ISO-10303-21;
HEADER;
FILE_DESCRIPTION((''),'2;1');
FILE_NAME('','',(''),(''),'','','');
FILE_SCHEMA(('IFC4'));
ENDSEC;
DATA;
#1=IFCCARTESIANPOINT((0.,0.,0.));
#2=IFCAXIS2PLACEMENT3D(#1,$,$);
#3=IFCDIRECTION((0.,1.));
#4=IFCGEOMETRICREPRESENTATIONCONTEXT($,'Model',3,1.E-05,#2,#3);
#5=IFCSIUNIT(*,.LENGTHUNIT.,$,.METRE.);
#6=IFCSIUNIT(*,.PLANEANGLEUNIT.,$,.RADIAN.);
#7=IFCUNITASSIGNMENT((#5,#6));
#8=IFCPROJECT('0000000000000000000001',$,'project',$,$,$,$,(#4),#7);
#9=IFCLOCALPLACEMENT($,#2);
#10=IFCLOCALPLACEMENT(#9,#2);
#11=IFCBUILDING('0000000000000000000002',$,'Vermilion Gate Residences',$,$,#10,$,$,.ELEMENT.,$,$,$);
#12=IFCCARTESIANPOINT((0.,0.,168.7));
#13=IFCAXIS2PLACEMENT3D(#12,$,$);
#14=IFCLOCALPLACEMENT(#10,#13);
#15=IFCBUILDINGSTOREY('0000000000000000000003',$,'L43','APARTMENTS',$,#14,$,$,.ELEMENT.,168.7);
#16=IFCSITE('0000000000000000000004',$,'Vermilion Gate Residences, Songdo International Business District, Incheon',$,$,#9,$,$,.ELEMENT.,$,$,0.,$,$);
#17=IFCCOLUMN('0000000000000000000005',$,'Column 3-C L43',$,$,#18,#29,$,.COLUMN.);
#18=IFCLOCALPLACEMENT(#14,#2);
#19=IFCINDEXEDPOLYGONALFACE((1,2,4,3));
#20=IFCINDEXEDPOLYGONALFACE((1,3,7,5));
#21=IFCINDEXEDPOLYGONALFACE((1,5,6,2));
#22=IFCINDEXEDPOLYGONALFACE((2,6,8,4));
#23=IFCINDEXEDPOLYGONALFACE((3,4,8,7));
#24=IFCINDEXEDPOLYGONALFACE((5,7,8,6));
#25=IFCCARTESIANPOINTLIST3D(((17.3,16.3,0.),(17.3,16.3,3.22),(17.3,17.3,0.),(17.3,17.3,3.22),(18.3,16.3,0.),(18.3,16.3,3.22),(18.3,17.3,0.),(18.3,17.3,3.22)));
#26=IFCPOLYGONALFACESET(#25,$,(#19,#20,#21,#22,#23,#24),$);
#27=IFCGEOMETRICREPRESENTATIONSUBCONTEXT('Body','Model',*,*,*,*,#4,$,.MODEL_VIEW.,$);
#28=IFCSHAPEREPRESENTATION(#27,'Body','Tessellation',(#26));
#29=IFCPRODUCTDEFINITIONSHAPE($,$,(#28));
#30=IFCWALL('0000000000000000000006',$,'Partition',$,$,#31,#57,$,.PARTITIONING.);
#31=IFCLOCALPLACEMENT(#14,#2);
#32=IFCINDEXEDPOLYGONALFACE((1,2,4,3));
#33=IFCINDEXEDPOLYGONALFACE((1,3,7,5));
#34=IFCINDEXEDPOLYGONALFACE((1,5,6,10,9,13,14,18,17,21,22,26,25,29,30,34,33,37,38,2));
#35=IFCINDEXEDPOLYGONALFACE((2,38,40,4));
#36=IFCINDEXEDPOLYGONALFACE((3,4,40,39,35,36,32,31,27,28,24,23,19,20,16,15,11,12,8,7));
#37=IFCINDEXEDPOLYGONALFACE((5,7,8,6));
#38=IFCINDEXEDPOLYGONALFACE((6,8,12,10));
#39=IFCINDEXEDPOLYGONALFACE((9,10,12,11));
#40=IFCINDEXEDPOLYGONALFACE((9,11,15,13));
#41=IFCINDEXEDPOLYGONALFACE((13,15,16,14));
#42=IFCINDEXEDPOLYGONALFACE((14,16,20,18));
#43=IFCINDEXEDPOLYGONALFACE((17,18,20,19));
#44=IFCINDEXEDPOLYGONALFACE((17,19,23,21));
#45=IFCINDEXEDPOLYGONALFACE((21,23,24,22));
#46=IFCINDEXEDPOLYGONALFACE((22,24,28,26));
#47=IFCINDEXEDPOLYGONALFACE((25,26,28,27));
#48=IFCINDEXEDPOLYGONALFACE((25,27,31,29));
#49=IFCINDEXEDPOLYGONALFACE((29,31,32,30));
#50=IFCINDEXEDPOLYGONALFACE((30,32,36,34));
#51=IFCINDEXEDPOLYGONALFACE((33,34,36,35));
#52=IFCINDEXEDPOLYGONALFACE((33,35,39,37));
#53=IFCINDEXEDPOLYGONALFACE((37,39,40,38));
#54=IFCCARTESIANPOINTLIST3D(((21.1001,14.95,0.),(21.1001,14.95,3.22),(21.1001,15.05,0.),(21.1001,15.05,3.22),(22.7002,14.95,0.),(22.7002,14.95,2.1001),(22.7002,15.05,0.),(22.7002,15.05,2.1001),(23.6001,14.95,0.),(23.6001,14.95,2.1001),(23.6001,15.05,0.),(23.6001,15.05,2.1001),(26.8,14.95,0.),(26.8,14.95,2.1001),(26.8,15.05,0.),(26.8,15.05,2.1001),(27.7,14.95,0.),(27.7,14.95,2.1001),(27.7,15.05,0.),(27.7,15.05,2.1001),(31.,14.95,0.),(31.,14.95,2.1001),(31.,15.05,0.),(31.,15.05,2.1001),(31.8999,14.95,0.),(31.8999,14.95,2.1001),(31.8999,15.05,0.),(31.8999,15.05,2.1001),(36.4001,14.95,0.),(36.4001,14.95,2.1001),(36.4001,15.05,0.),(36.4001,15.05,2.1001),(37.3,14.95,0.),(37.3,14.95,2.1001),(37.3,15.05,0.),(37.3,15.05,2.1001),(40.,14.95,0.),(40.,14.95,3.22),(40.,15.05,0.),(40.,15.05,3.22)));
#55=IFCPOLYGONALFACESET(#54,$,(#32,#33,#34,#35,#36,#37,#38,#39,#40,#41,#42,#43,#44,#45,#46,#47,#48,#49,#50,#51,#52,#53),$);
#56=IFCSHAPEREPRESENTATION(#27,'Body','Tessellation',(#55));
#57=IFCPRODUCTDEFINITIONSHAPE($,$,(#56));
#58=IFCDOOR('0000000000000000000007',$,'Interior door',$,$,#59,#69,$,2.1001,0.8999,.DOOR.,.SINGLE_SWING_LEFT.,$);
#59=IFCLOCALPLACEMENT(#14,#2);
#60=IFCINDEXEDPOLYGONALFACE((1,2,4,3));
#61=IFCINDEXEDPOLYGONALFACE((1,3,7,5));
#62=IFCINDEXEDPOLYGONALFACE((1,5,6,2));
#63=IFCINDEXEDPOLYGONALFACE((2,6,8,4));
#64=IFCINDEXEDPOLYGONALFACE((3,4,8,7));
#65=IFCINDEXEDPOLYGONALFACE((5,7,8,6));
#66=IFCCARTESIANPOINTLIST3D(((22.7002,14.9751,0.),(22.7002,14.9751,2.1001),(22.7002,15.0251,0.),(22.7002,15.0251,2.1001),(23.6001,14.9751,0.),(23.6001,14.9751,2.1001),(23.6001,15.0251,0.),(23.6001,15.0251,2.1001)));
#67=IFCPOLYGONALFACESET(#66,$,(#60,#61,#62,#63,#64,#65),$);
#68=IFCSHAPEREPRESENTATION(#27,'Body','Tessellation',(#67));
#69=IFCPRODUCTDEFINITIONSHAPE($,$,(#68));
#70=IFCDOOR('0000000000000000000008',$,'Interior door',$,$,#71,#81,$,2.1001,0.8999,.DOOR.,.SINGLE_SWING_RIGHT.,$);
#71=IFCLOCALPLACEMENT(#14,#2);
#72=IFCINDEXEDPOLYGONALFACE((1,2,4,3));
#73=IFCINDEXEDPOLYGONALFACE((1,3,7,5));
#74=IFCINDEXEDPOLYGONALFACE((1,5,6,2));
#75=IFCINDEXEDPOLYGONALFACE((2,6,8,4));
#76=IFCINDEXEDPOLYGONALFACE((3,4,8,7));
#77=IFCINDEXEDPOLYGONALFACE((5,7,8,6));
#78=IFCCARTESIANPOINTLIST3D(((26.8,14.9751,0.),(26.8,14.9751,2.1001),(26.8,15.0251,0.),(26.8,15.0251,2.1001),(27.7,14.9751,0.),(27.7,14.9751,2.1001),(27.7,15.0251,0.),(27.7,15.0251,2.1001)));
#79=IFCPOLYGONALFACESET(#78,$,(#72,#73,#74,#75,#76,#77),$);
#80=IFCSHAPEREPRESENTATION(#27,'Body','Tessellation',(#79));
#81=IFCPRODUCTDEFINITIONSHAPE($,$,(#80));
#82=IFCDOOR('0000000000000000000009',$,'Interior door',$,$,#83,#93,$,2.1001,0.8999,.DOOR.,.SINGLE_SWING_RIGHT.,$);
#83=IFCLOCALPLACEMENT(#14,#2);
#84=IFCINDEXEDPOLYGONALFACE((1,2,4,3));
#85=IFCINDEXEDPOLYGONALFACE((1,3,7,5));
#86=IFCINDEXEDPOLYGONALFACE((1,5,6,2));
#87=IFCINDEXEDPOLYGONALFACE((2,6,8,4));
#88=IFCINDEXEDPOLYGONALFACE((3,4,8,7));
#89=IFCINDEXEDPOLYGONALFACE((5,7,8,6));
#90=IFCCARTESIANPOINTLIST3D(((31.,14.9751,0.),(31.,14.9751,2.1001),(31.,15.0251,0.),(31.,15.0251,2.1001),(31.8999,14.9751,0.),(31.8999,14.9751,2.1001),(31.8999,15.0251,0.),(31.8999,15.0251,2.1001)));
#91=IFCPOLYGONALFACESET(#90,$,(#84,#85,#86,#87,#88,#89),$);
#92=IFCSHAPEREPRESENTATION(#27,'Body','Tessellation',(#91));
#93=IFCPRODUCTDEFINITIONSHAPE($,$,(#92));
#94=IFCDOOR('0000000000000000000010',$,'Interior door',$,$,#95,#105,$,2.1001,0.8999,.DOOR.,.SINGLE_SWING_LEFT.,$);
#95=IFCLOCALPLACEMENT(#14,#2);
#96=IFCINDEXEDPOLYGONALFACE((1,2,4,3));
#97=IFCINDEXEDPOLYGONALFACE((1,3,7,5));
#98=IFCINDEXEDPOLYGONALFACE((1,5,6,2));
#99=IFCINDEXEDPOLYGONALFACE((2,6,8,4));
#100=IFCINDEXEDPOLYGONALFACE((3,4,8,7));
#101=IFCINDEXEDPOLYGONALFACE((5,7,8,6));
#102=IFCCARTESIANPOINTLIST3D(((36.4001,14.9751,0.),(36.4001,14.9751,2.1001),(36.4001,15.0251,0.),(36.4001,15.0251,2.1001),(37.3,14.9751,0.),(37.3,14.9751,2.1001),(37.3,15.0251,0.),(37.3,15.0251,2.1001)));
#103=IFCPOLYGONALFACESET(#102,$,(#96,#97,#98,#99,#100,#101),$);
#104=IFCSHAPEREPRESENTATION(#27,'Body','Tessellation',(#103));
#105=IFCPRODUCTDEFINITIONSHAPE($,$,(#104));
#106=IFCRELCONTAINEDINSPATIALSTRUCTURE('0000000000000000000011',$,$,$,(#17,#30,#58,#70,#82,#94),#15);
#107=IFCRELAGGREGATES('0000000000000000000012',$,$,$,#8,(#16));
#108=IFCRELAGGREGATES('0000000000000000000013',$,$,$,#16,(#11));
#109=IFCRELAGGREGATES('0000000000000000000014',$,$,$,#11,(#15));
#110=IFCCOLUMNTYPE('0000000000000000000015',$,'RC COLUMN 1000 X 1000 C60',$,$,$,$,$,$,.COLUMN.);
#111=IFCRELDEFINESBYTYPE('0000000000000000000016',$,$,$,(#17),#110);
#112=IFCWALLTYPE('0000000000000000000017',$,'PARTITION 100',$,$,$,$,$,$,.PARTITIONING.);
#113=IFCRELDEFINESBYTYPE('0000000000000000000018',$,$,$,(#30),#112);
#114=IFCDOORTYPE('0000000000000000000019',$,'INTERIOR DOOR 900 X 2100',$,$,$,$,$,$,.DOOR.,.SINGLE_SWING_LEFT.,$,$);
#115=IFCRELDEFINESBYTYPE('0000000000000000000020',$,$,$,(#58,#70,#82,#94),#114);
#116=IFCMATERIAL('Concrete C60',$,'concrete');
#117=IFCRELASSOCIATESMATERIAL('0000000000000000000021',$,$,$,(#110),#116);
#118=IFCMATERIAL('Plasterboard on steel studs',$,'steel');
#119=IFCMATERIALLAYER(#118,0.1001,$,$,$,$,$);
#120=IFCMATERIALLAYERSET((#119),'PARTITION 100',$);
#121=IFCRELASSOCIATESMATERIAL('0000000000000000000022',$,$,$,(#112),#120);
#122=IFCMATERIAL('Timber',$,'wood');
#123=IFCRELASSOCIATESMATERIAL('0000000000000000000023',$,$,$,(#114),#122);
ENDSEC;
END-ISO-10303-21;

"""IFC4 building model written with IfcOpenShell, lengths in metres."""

from ifc_helpers import new_model, si_unit, direction, frame, frame_2d, origin, origin_2d, place, context, subcontext, project, spatial, rectangle, extrude, material, layer, layer_set, material_profile, profile_set, type_object, element, fill, save


model = new_model("IFC4")

# Units and contexts
model_context = context("Model", 3, precision=1e-05, world=origin(), true_north=direction((0.0, 1.0)))
body_context = subcontext(model_context, "Body", "Model", "MODEL_VIEW")
ifc_project = project(units=[si_unit("LENGTHUNIT", "METRE"), si_unit("PLANEANGLEUNIT", "RADIAN")], contexts=[model_context])

# Site, building, storey
site_placement = place(None, origin())
site = spatial("IfcSite", under=ifc_project, at=site_placement, Name="Vermilion Gate Residences, Songdo International Business District, Incheon", CompositionType="ELEMENT", RefElevation=0.0)
building_placement = place(site_placement, origin())
building = spatial("IfcBuilding", under=site, at=building_placement, Name="Vermilion Gate Residences", CompositionType="ELEMENT")
storey_placement = place(building_placement, frame((0.0, 0.0, 168.7)))
storey = spatial("IfcBuildingStorey", under=building, at=storey_placement, Name="L43", Description="APARTMENTS", CompositionType="ELEMENT", Elevation=168.7)

# Column
ifc_material_1 = material(Name="Concrete C60", Category="concrete")
ifc_material_profile = material_profile(ifc_material_1, rectangle(XDim=1.0, YDim=1.0, at=origin_2d()), Name="RC-1000x1000")
ifc_profile_set = profile_set([ifc_material_profile], Name="Concrete C60")
column_type = type_object("IfcColumnType", Name="RC COLUMN 1000 X 1000 C60", PredefinedType="COLUMN", material=ifc_profile_set)
column_placement = place(storey_placement, frame((17.8, 16.8, 0.0), z_axis=(0.0, 0.0, 1.0), x_axis=(1.0, 0.0, 0.0)))
element("IfcColumn", 1, at=column_placement, inside=storey, type_object=column_type, Name="Column 3-C L43", PredefinedType="COLUMN", context=body_context, shape_type="SweptSolid", body=[
    extrude(rectangle(XDim=1.0, YDim=1.0, at=origin_2d()), origin(), (0.0, 0.0, 1.0), 3.22),
])

# Wall, openings, doors
ifc_material_2 = material(Name="Plasterboard on steel studs", Category="steel")
ifc_layer_1 = layer(ifc_material_2, 0.1001)
ifc_layer_set_1 = layer_set([ifc_layer_1], Name="PARTITION 100")
wall_type_1 = type_object("IfcWallType", Name="PARTITION 100", PredefinedType="PARTITIONING", material=ifc_layer_set_1)
wall_1_placement = place(storey_placement, frame((21.1001, 15.0, 0.0), z_axis=(0.0, 0.0, 1.0), x_axis=(1.0, 0.0, 0.0)))
wall_1 = element("IfcWall", 2, at=wall_1_placement, inside=storey, type_object=wall_type_1, Name="Partition", PredefinedType="PARTITIONING", context=body_context, shape_type="SweptSolid", body=[
    extrude(rectangle(XDim=18.8999, YDim=0.1001, at=frame_2d((9.45, 0.0))), origin(), (0.0, 0.0, 1.0), 3.22),
])
opening_1_placement = place(wall_1_placement, frame((1.6001, 0.0, 0.0)))
opening_1 = element("IfcOpeningElement", 3, at=opening_1_placement, cuts=wall_1, PredefinedType="OPENING", context=body_context, shape_type="SweptSolid", body=[
    extrude(rectangle(XDim=0.8999, YDim=2.1001, at=frame_2d((0.45, 1.05))), frame((0.0, 0.0601, 0.0), z_axis=(0.0, -1.0, 0.0), x_axis=(1.0, 0.0, 0.0)), (0.0, 0.0, 1.0), 0.1201),
])
opening_2_placement = place(wall_1_placement, frame((5.7, 0.0, 0.0)))
opening_2 = element("IfcOpeningElement", 4, at=opening_2_placement, cuts=wall_1, PredefinedType="OPENING", context=body_context, shape_type="SweptSolid", body=[
    extrude(rectangle(XDim=0.8999, YDim=2.1001, at=frame_2d((0.45, 1.05))), frame((0.0, 0.0601, 0.0), z_axis=(0.0, -1.0, 0.0), x_axis=(1.0, 0.0, 0.0)), (0.0, 0.0, 1.0), 0.1201),
])
opening_3_placement = place(wall_1_placement, frame((9.8999, 0.0, 0.0)))
opening_3 = element("IfcOpeningElement", 5, at=opening_3_placement, cuts=wall_1, PredefinedType="OPENING", context=body_context, shape_type="SweptSolid", body=[
    extrude(rectangle(XDim=0.8999, YDim=2.1001, at=frame_2d((0.45, 1.05))), frame((0.0, 0.0601, 0.0), z_axis=(0.0, -1.0, 0.0), x_axis=(1.0, 0.0, 0.0)), (0.0, 0.0, 1.0), 0.1201),
])
opening_4_placement = place(wall_1_placement, frame((15.3, 0.0, 0.0)))
opening_4 = element("IfcOpeningElement", 6, at=opening_4_placement, cuts=wall_1, PredefinedType="OPENING", context=body_context, shape_type="SweptSolid", body=[
    extrude(rectangle(XDim=0.8999, YDim=2.1001, at=frame_2d((0.45, 1.05))), frame((0.0, 0.0601, 0.0), z_axis=(0.0, -1.0, 0.0), x_axis=(1.0, 0.0, 0.0)), (0.0, 0.0, 1.0), 0.1201),
])
ifc_material_3 = material(Name="Timber", Category="wood")
door_type_1 = type_object("IfcDoorType", Name="INTERIOR DOOR 900 X 2100", OperationType="SINGLE_SWING_LEFT", PredefinedType="DOOR", material=ifc_material_3)
door_1_placement = place(opening_1_placement, frame((0.8999, 0.0, 0.0), z_axis=(0.0, 0.0, 1.0), x_axis=(-1.0, 0.0, 0.0)))
door_1 = element("IfcDoor", 7, at=door_1_placement, inside=storey, type_object=door_type_1, Name="Interior door", OperationType="SINGLE_SWING_LEFT", OverallHeight=2.1001, OverallWidth=0.8999, PredefinedType="DOOR", context=body_context, shape_type="SweptSolid", body=[
    extrude(rectangle(XDim=0.8999, YDim=2.1001, at=frame_2d((0.45, 1.05))), frame((0.0, 0.0249, 0.0), z_axis=(0.0, -1.0, 0.0), x_axis=(1.0, 0.0, 0.0)), (0.0, 0.0, 1.0), 0.05),
])
fill(opening_1, door_1)
door_2_placement = place(opening_2_placement, frame((0.8999, 0.0, 0.0), z_axis=(0.0, 0.0, 1.0), x_axis=(-1.0, 0.0, 0.0)))
door_2 = element("IfcDoor", 8, at=door_2_placement, inside=storey, type_object=door_type_1, Name="Interior door", OperationType="SINGLE_SWING_RIGHT", OverallHeight=2.1001, OverallWidth=0.8999, PredefinedType="DOOR", context=body_context, shape_type="SweptSolid", body=[
    extrude(rectangle(XDim=0.8999, YDim=2.1001, at=frame_2d((0.45, 1.05))), frame((0.0, 0.0249, 0.0), z_axis=(0.0, -1.0, 0.0), x_axis=(1.0, 0.0, 0.0)), (0.0, 0.0, 1.0), 0.05),
])
fill(opening_2, door_2)
door_3_placement = place(opening_3_placement, frame((0.8999, 0.0, 0.0), z_axis=(0.0, 0.0, 1.0), x_axis=(-1.0, 0.0, 0.0)))
door_3 = element("IfcDoor", 9, at=door_3_placement, inside=storey, type_object=door_type_1, Name="Interior door", OperationType="SINGLE_SWING_RIGHT", OverallHeight=2.1001, OverallWidth=0.8999, PredefinedType="DOOR", context=body_context, shape_type="SweptSolid", body=[
    extrude(rectangle(XDim=0.8999, YDim=2.1001, at=frame_2d((0.45, 1.05))), frame((0.0, 0.0249, 0.0), z_axis=(0.0, -1.0, 0.0), x_axis=(1.0, 0.0, 0.0)), (0.0, 0.0, 1.0), 0.05),
])
fill(opening_3, door_3)
door_4_placement = place(opening_4_placement, frame((0.8999, 0.0, 0.0), z_axis=(0.0, 0.0, 1.0), x_axis=(-1.0, 0.0, 0.0)))
door_4 = element("IfcDoor", 10, at=door_4_placement, inside=storey, type_object=door_type_1, Name="Interior door", OperationType="SINGLE_SWING_LEFT", OverallHeight=2.1001, OverallWidth=0.8999, PredefinedType="DOOR", context=body_context, shape_type="SweptSolid", body=[
    extrude(rectangle(XDim=0.8999, YDim=2.1001, at=frame_2d((0.45, 1.05))), frame((0.0, 0.0249, 0.0), z_axis=(0.0, -1.0, 0.0), x_axis=(1.0, 0.0, 0.0)), (0.0, 0.0, 1.0), 0.05),
])
fill(opening_4, door_4)

save(model, "model.ifc")
